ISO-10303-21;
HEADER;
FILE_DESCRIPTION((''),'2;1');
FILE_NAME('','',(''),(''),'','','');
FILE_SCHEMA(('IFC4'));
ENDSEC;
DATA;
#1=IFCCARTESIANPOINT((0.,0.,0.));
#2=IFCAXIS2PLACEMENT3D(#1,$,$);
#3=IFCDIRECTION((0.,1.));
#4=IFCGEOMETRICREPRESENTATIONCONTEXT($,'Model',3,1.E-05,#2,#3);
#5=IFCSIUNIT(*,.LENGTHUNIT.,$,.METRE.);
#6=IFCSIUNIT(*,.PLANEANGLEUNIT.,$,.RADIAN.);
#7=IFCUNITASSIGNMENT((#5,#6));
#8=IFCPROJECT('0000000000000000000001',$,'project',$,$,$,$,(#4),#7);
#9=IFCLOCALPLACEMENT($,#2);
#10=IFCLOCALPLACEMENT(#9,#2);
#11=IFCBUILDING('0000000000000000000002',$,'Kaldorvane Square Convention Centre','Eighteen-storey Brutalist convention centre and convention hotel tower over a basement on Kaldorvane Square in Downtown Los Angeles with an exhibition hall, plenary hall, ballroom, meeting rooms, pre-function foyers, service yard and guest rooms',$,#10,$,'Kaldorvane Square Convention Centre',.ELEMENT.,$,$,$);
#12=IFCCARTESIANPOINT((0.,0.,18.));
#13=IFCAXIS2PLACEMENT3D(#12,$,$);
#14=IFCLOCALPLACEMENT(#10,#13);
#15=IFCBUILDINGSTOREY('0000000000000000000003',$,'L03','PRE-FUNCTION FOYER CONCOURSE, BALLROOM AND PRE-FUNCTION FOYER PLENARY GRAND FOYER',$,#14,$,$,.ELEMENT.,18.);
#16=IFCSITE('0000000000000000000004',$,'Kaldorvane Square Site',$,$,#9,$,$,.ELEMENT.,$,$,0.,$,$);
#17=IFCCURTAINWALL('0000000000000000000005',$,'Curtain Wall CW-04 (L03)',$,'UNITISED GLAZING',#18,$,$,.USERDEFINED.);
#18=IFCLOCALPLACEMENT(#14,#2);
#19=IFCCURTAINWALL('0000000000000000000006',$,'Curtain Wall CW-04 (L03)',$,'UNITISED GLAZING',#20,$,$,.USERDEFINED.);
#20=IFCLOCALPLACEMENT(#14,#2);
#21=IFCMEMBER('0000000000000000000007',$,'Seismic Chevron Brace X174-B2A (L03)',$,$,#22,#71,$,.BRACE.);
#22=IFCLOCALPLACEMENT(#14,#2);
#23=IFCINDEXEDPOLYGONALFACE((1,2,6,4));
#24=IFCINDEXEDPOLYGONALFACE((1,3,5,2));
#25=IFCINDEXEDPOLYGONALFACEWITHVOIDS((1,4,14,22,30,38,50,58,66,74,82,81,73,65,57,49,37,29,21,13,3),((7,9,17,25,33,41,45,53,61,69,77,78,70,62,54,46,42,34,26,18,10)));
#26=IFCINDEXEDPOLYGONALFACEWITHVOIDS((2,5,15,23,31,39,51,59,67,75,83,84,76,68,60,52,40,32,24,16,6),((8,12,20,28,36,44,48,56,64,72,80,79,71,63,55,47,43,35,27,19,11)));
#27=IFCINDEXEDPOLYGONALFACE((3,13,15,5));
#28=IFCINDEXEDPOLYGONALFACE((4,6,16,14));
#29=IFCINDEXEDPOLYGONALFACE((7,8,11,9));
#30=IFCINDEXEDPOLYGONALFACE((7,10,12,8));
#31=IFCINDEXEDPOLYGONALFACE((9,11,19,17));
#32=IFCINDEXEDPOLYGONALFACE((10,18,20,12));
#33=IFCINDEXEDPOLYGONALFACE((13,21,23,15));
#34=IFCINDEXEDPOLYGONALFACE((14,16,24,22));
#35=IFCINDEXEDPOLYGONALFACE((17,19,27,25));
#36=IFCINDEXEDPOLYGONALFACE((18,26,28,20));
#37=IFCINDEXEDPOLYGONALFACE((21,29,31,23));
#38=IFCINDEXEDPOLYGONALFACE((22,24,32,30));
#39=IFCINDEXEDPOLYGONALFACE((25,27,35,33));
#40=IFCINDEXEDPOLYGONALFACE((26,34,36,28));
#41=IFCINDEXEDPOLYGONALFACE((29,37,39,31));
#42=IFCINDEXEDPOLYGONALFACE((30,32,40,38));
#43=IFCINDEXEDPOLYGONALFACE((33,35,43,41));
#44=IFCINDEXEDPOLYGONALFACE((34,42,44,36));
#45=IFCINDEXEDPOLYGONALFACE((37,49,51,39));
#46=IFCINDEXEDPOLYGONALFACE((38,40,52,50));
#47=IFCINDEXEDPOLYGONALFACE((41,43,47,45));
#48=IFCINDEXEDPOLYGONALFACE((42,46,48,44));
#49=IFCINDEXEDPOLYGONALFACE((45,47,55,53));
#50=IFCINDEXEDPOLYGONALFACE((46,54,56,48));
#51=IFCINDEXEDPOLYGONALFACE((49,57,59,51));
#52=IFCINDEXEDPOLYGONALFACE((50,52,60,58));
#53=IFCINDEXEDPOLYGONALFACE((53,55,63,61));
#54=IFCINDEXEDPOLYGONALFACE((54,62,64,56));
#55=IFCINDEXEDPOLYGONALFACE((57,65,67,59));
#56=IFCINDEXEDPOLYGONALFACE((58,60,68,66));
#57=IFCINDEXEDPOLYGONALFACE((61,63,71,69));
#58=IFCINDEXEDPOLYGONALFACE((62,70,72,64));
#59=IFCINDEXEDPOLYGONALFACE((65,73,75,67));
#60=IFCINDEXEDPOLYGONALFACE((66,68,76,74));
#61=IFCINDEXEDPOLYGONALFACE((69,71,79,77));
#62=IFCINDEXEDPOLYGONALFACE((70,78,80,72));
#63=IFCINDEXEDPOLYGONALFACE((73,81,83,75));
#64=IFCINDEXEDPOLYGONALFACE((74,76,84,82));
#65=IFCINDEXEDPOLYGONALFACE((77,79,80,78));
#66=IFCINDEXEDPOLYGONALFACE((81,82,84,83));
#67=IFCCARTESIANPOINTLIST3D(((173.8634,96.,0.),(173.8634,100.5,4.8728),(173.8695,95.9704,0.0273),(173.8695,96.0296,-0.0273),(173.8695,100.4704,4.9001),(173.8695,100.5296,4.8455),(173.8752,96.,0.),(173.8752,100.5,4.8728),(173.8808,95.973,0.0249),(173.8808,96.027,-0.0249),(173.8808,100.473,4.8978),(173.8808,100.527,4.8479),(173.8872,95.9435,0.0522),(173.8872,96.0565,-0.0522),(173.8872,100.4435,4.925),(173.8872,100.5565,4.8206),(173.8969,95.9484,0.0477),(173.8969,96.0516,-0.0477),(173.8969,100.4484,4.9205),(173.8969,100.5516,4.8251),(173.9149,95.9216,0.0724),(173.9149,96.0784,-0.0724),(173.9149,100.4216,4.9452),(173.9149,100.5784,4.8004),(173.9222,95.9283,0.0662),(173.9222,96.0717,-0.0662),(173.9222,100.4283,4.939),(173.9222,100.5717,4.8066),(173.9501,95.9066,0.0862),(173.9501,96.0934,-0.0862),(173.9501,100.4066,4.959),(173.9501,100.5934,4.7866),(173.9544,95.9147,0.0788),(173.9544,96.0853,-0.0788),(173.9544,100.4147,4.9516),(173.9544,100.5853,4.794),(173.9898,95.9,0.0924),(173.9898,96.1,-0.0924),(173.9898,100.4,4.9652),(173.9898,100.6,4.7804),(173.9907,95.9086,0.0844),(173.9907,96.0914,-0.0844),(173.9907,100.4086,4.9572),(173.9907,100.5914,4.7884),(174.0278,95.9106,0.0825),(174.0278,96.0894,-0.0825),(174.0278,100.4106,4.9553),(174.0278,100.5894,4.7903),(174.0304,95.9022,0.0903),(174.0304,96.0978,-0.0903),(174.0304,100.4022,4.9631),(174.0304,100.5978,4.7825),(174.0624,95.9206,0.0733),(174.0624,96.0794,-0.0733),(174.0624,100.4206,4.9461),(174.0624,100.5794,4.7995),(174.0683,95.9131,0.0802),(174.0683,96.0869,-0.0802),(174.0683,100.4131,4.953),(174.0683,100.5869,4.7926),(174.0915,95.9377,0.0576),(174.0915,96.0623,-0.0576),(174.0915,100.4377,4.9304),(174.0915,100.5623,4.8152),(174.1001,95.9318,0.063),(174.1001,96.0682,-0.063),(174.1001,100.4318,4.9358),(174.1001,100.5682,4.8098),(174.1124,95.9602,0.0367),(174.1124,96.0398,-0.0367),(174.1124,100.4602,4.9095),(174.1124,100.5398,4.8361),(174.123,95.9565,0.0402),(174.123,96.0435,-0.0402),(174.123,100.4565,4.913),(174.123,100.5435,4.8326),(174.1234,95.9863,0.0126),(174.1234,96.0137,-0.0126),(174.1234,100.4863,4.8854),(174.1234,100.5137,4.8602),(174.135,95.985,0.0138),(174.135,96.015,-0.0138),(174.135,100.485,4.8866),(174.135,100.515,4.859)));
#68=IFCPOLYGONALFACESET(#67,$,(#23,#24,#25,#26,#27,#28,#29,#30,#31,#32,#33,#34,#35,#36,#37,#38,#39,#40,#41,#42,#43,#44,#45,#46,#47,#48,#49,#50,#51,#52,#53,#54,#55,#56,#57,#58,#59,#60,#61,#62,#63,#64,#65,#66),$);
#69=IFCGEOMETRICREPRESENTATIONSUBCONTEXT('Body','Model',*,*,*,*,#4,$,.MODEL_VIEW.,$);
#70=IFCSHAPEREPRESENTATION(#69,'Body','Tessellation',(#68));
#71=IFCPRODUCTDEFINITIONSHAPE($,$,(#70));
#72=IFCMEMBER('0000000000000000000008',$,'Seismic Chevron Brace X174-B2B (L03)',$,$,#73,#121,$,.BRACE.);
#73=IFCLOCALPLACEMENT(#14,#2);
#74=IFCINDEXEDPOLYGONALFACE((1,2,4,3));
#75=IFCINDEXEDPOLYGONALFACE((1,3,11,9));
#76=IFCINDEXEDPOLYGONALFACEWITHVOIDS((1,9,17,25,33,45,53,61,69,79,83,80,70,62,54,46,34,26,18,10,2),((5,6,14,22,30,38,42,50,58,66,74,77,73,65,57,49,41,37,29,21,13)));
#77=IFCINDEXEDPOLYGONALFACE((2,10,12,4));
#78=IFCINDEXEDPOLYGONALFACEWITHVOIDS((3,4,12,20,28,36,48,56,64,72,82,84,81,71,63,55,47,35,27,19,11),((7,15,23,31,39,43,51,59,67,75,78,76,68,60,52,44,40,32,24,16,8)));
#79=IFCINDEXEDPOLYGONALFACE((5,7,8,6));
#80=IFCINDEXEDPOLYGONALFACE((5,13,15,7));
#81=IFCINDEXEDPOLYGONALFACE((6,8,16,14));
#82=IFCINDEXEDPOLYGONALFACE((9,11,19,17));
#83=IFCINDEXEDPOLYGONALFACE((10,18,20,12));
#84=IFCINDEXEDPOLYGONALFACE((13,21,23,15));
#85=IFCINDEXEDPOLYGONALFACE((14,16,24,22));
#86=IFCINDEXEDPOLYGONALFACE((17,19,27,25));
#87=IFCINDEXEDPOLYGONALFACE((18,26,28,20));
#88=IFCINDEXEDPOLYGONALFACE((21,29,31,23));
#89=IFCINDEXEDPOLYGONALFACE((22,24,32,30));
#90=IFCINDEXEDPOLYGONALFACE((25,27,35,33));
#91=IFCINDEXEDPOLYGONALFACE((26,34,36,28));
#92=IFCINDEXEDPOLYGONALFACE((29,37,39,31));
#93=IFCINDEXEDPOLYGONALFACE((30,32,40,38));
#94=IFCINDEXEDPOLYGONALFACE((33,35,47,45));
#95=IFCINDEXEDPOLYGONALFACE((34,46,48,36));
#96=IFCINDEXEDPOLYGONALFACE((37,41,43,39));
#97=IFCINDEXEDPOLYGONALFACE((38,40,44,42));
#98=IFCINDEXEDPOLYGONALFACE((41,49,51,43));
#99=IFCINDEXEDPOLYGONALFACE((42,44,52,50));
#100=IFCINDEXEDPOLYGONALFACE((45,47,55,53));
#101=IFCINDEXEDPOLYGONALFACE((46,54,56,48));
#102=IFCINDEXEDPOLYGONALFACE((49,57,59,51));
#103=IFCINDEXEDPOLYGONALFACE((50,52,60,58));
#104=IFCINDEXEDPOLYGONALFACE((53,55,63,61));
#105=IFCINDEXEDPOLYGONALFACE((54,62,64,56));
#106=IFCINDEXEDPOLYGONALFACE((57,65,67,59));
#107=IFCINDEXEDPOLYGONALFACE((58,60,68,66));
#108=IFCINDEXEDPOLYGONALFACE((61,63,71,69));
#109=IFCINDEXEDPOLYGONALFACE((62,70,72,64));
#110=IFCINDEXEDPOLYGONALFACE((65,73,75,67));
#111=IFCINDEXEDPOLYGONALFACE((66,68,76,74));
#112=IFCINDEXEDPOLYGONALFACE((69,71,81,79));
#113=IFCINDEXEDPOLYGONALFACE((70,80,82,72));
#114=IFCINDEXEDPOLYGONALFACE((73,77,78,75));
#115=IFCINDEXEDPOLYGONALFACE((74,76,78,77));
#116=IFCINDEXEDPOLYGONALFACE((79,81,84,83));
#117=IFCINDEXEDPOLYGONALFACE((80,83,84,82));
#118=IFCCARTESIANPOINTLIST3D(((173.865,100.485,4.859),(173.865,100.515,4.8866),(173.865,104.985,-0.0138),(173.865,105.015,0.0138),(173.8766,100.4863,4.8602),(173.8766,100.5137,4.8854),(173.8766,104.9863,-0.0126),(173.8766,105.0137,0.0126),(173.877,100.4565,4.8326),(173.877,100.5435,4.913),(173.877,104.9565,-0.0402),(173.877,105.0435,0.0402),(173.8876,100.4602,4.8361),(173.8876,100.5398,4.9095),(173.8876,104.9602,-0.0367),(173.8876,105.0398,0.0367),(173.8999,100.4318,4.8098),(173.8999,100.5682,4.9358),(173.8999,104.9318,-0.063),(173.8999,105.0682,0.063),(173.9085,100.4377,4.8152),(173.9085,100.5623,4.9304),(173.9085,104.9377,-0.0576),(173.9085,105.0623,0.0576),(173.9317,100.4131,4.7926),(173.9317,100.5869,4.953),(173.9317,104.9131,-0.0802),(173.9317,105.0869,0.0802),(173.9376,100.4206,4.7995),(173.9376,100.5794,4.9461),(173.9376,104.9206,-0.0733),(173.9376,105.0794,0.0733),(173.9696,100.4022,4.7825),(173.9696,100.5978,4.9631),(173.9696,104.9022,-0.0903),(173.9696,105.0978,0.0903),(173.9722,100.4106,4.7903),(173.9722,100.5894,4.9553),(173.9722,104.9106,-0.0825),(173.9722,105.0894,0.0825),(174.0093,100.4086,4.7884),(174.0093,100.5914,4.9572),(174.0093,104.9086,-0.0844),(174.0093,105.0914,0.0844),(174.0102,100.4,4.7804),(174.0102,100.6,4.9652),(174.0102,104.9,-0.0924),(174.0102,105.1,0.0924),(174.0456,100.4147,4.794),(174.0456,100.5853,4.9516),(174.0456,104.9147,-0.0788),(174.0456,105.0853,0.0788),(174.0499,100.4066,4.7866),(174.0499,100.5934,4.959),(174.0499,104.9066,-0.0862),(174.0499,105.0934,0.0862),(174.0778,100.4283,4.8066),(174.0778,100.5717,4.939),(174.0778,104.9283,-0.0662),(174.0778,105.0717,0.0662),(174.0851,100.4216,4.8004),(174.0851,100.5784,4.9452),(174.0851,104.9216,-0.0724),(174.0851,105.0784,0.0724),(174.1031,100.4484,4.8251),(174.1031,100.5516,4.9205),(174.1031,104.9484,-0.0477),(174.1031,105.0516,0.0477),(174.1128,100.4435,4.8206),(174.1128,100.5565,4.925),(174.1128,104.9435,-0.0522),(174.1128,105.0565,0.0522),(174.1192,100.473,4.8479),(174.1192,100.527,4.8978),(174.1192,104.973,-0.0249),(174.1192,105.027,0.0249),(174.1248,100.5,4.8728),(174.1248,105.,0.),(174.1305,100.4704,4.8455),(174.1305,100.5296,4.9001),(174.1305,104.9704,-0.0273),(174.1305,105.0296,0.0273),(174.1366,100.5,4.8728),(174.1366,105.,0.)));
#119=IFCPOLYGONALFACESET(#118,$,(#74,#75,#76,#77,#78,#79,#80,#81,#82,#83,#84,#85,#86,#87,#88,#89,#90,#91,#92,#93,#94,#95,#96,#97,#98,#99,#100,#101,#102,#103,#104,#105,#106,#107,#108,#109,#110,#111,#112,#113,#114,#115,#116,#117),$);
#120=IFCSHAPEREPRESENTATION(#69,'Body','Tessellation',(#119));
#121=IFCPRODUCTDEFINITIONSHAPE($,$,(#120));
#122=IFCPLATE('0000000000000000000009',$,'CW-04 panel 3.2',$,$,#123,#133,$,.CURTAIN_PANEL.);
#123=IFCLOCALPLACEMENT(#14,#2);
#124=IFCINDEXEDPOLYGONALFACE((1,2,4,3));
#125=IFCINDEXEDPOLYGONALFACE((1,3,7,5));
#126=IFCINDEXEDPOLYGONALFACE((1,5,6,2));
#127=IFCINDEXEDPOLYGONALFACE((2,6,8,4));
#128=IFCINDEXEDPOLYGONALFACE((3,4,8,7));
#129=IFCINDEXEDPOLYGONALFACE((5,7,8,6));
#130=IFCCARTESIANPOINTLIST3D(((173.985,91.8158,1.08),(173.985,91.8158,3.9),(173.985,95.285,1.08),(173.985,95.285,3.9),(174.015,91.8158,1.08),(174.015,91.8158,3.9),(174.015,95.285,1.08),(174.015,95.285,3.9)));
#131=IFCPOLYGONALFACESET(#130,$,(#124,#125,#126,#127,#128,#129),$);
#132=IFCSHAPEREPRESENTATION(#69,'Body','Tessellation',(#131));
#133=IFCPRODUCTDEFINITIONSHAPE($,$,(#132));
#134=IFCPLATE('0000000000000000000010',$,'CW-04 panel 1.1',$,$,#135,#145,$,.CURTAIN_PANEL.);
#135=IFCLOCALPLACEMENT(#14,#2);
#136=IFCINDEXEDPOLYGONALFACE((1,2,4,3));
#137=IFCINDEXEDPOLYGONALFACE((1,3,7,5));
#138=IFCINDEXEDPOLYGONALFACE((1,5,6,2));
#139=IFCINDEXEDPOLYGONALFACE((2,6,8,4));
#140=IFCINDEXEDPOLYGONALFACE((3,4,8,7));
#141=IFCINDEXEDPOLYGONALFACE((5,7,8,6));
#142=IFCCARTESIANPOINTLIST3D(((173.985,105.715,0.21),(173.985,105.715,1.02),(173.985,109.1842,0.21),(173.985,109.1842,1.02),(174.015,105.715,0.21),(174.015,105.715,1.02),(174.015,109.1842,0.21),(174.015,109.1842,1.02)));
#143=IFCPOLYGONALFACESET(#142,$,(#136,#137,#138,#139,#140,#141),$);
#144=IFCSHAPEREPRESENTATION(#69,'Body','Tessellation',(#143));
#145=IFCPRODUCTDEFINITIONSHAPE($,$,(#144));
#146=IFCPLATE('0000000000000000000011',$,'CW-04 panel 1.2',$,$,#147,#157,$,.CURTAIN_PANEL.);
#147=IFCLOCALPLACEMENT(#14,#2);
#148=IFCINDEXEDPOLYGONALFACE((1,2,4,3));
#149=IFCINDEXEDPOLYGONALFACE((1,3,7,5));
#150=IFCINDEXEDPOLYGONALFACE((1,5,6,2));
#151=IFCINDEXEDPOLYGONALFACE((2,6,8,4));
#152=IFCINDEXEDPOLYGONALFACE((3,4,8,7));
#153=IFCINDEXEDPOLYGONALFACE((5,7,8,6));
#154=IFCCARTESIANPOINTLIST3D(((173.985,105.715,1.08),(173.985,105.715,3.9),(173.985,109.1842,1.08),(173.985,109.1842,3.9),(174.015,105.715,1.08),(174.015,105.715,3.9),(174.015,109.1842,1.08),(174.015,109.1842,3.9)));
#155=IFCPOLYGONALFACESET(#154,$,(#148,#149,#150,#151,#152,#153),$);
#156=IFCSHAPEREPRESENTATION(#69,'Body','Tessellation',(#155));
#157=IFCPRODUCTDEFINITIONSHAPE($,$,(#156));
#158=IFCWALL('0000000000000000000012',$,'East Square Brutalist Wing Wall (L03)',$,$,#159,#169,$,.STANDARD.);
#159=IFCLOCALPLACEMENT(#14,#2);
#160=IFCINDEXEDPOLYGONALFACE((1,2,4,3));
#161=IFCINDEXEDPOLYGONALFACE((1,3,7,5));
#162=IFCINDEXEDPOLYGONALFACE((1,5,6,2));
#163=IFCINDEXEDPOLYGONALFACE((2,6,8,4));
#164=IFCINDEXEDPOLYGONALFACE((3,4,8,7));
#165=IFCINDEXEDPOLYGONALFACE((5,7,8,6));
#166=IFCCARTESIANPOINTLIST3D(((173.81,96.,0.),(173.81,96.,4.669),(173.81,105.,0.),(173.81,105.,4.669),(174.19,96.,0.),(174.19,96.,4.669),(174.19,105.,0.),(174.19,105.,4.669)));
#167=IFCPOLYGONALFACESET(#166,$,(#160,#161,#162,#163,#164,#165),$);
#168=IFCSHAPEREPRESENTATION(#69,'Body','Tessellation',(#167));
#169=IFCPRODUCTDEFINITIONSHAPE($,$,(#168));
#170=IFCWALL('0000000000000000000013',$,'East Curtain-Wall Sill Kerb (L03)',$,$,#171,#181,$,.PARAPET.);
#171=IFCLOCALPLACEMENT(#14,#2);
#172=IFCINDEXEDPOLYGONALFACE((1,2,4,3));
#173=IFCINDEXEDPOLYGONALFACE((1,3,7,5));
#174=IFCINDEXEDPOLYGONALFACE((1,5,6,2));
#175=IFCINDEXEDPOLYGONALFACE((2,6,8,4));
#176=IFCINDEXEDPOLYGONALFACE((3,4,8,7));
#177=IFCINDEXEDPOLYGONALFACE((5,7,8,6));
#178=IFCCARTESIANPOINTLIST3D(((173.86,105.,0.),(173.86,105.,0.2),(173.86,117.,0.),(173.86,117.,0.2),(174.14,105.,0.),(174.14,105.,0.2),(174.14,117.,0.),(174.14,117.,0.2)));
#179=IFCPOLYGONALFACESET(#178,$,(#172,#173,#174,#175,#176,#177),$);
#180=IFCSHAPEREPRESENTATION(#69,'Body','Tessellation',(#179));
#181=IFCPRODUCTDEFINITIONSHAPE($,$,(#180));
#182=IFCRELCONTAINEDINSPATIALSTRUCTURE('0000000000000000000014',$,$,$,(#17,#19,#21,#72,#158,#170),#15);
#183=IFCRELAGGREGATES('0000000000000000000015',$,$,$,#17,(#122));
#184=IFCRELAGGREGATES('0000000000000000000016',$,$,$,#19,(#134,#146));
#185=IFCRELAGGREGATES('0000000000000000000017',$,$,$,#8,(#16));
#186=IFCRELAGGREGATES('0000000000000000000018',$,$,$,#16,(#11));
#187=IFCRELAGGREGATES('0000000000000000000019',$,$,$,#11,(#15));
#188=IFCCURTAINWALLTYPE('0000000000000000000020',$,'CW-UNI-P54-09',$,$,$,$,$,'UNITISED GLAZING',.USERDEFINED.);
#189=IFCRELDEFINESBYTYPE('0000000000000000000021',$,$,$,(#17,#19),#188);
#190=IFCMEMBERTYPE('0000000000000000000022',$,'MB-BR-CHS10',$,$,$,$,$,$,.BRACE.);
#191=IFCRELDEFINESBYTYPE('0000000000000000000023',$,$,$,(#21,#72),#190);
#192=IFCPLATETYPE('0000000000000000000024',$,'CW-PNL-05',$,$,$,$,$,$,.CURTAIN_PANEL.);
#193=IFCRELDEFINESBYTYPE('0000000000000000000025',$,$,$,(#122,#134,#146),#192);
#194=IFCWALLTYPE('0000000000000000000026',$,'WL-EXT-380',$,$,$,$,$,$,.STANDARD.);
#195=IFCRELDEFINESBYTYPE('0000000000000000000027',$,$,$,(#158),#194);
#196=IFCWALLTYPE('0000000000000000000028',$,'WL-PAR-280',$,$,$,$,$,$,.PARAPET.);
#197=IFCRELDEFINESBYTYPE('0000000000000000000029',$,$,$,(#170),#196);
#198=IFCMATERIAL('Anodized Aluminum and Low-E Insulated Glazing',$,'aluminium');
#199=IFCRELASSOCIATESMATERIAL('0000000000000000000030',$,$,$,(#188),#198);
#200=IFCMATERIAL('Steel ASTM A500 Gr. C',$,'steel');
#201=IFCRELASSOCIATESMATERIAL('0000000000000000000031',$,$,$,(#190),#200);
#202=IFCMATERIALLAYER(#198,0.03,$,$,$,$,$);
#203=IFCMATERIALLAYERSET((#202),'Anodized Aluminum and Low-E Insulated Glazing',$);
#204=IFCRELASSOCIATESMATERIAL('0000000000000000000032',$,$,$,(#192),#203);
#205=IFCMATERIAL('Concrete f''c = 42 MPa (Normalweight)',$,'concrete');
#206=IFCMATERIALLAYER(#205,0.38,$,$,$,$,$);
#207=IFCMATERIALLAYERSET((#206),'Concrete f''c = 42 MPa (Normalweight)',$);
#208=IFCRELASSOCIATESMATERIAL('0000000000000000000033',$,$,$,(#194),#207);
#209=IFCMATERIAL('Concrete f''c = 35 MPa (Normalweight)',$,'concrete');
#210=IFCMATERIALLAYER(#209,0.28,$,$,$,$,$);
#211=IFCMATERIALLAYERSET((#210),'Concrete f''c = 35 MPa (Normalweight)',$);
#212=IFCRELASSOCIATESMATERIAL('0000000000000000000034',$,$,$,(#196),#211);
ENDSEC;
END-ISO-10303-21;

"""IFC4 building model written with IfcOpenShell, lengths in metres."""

from ifc_helpers import new_model, si_unit, direction, frame, frame_2d, origin, origin_2d, place, context, subcontext, project, spatial, rectangle, hollow_circle, extrude, material, layer, layer_set, material_profile, profile_set, type_object, element, aggregate, save


model = new_model("IFC4")

# Units and contexts
model_context = context("Model", 3, precision=1e-05, world=origin(), true_north=direction((0.0, 1.0)))
body_context = subcontext(model_context, "Body", "Model", "MODEL_VIEW")
ifc_project = project(units=[si_unit("LENGTHUNIT", "METRE"), si_unit("PLANEANGLEUNIT", "RADIAN")], contexts=[model_context])

# Site, building, storey
site_placement = place(None, origin())
site = spatial("IfcSite", under=ifc_project, at=site_placement, Name="Kaldorvane Square Site", CompositionType="ELEMENT", RefElevation=0.0)
building_placement = place(site_placement, origin())
building = spatial("IfcBuilding", under=site, at=building_placement, Name="Kaldorvane Square Convention Centre", Description="Eighteen-storey Brutalist convention centre and convention hotel tower over a basement on Kaldorvane Square in Downtown Los Angeles with an exhibition hall, plenary hall, ballroom, meeting rooms, pre-function foyers, service yard and guest rooms", LongName="Kaldorvane Square Convention Centre", CompositionType="ELEMENT")
storey_placement = place(building_placement, frame((0.0, 0.0, 18.0)))
storey = spatial("IfcBuildingStorey", under=building, at=storey_placement, Name="L03", Description="PRE-FUNCTION FOYER CONCOURSE, BALLROOM AND PRE-FUNCTION FOYER PLENARY GRAND FOYER", CompositionType="ELEMENT", Elevation=18.0)

# Shared definitions
ifc_material_1 = material(Name="Concrete f'c = 42 MPa (Normalweight)", Category="concrete")

# Shared definitions
ifc_material_2 = material(Name="Steel ASTM A500 Gr. C", Category="steel")

# Curtain wall
ifc_material_3 = material(Name="Anodized Aluminum and Low-E Insulated Glazing", Category="aluminium")
curtain_wall_type = type_object("IfcCurtainWallType", Name="CW-UNI-P54-09", ElementType="UNITISED GLAZING", PredefinedType="USERDEFINED", material=ifc_material_3)
curtain_wall_1_placement = place(storey_placement, origin())
curtain_wall_1 = element("IfcCurtainWall", 1, at=curtain_wall_1_placement, inside=storey, type_object=curtain_wall_type, Name="Curtain Wall CW-04 (L03)", ObjectType="UNITISED GLAZING", PredefinedType="USERDEFINED")

# Curtain wall
curtain_wall_2_placement = place(storey_placement, origin())
curtain_wall_2 = element("IfcCurtainWall", 2, at=curtain_wall_2_placement, inside=storey, type_object=curtain_wall_type, Name="Curtain Wall CW-04 (L03)", ObjectType="UNITISED GLAZING", PredefinedType="USERDEFINED")

# Members
ifc_material_profile_1 = material_profile(ifc_material_2, hollow_circle(Radius=0.1366, WallThickness=0.0118, at=origin_2d()), Name="HSS10.750X0.500")
ifc_profile_set_1 = profile_set([ifc_material_profile_1], Name="Steel ASTM A500 Gr. C")
member_type_1 = type_object("IfcMemberType", Name="MB-BR-CHS10", PredefinedType="BRACE", material=ifc_profile_set_1)
for number, where, z_axis, x_axis, name in (
    (3, (174.0, 96.0, 0.0), (0.0, 0.678445, 0.734651), (-1.0, 0.0, 0.0), "Seismic Chevron Brace X174-B2A (L03)"),
    (4, (174.0, 105.0, 0.0), (0.0, -0.678445, 0.734651), (1.0, 0.0, 0.0), "Seismic Chevron Brace X174-B2B (L03)"),
):
    element("IfcMember", number, at=place(storey_placement, frame(where, z_axis=z_axis, x_axis=x_axis)), inside=storey, type_object=member_type_1, Name=name, PredefinedType="BRACE", context=body_context, shape_type="SweptSolid", body=[
        extrude(hollow_circle(Radius=0.1366, WallThickness=0.0118, at=origin_2d()), origin(), (0.0, 0.0, 1.0), 6.6328),
    ])

# Plates
ifc_layer_1 = layer(ifc_material_3, 0.03)
ifc_layer_set_1 = layer_set([ifc_layer_1], Name="Anodized Aluminum and Low-E Insulated Glazing")
plate_type = type_object("IfcPlateType", Name="CW-PNL-05", PredefinedType="CURTAIN_PANEL", material=ifc_layer_set_1)
plate_1_placement = place(storey_placement, frame((174.0, 93.5504, 1.08), z_axis=(0.0, 0.0, 1.0), x_axis=(0.0, 1.0, 0.0)))
plate_1 = element("IfcPlate", 5, at=plate_1_placement, type_object=plate_type, Name="CW-04 panel 3.2", PredefinedType="CURTAIN_PANEL", context=body_context, shape_type="SweptSolid", body=[
    extrude(rectangle(XDim=3.4692, YDim=0.03, at=origin_2d()), origin(), (0.0, 0.0, 1.0), 2.82),
])
aggregate(curtain_wall_1, [plate_1])
plate_2_placement = place(storey_placement, frame((174.0, 107.4496, 0.21), z_axis=(0.0, 0.0, 1.0), x_axis=(0.0, 1.0, 0.0)))
plate_2 = element("IfcPlate", 6, at=plate_2_placement, type_object=plate_type, Name="CW-04 panel 1.1", PredefinedType="CURTAIN_PANEL", context=body_context, shape_type="SweptSolid", body=[
    extrude(rectangle(XDim=3.4692, YDim=0.03, at=origin_2d()), origin(), (0.0, 0.0, 1.0), 0.81),
])
plate_3_placement = place(storey_placement, frame((174.0, 107.4496, 1.08), z_axis=(0.0, 0.0, 1.0), x_axis=(0.0, 1.0, 0.0)))
plate_3 = element("IfcPlate", 7, at=plate_3_placement, type_object=plate_type, Name="CW-04 panel 1.2", PredefinedType="CURTAIN_PANEL", context=body_context, shape_type="SweptSolid", body=[
    extrude(rectangle(XDim=3.4692, YDim=0.03, at=origin_2d()), origin(), (0.0, 0.0, 1.0), 2.82),
])
aggregate(curtain_wall_2, [plate_2, plate_3])

# Walls
ifc_layer_2 = layer(ifc_material_1, 0.38)
ifc_layer_set_2 = layer_set([ifc_layer_2], Name="Concrete f'c = 42 MPa (Normalweight)")
wall_type_1 = type_object("IfcWallType", Name="WL-EXT-380", PredefinedType="STANDARD", material=ifc_layer_set_2)
wall_1_placement = place(storey_placement, frame((174.0, 96.0, 0.0), z_axis=(0.0, 0.0, 1.0), x_axis=(0.0, 1.0, 0.0)))
element("IfcWall", 8, at=wall_1_placement, inside=storey, type_object=wall_type_1, Name="East Square Brutalist Wing Wall (L03)", PredefinedType="STANDARD", context=body_context, shape_type="SweptSolid", body=[
    extrude(rectangle(XDim=9.0, YDim=0.38, at=frame_2d((4.5, 0.0))), origin(), (0.0, 0.0, 1.0), 4.669),
])
ifc_material_4 = material(Name="Concrete f'c = 35 MPa (Normalweight)", Category="concrete")
ifc_layer_3 = layer(ifc_material_4, 0.28)
ifc_layer_set_3 = layer_set([ifc_layer_3], Name="Concrete f'c = 35 MPa (Normalweight)")
wall_type_2 = type_object("IfcWallType", Name="WL-PAR-280", PredefinedType="PARAPET", material=ifc_layer_set_3)
wall_2_placement = place(storey_placement, frame((174.0, 105.0, 0.0), z_axis=(0.0, 0.0, 1.0), x_axis=(0.0, 1.0, 0.0)))
element("IfcWall", 9, at=wall_2_placement, inside=storey, type_object=wall_type_2, Name="East Curtain-Wall Sill Kerb (L03)", PredefinedType="PARAPET", context=body_context, shape_type="SweptSolid", body=[
    extrude(rectangle(XDim=12.0, YDim=0.28, at=frame_2d((6.0, 0.0))), origin(), (0.0, 0.0, 1.0), 0.2),
])

save(model, "model.ifc")
